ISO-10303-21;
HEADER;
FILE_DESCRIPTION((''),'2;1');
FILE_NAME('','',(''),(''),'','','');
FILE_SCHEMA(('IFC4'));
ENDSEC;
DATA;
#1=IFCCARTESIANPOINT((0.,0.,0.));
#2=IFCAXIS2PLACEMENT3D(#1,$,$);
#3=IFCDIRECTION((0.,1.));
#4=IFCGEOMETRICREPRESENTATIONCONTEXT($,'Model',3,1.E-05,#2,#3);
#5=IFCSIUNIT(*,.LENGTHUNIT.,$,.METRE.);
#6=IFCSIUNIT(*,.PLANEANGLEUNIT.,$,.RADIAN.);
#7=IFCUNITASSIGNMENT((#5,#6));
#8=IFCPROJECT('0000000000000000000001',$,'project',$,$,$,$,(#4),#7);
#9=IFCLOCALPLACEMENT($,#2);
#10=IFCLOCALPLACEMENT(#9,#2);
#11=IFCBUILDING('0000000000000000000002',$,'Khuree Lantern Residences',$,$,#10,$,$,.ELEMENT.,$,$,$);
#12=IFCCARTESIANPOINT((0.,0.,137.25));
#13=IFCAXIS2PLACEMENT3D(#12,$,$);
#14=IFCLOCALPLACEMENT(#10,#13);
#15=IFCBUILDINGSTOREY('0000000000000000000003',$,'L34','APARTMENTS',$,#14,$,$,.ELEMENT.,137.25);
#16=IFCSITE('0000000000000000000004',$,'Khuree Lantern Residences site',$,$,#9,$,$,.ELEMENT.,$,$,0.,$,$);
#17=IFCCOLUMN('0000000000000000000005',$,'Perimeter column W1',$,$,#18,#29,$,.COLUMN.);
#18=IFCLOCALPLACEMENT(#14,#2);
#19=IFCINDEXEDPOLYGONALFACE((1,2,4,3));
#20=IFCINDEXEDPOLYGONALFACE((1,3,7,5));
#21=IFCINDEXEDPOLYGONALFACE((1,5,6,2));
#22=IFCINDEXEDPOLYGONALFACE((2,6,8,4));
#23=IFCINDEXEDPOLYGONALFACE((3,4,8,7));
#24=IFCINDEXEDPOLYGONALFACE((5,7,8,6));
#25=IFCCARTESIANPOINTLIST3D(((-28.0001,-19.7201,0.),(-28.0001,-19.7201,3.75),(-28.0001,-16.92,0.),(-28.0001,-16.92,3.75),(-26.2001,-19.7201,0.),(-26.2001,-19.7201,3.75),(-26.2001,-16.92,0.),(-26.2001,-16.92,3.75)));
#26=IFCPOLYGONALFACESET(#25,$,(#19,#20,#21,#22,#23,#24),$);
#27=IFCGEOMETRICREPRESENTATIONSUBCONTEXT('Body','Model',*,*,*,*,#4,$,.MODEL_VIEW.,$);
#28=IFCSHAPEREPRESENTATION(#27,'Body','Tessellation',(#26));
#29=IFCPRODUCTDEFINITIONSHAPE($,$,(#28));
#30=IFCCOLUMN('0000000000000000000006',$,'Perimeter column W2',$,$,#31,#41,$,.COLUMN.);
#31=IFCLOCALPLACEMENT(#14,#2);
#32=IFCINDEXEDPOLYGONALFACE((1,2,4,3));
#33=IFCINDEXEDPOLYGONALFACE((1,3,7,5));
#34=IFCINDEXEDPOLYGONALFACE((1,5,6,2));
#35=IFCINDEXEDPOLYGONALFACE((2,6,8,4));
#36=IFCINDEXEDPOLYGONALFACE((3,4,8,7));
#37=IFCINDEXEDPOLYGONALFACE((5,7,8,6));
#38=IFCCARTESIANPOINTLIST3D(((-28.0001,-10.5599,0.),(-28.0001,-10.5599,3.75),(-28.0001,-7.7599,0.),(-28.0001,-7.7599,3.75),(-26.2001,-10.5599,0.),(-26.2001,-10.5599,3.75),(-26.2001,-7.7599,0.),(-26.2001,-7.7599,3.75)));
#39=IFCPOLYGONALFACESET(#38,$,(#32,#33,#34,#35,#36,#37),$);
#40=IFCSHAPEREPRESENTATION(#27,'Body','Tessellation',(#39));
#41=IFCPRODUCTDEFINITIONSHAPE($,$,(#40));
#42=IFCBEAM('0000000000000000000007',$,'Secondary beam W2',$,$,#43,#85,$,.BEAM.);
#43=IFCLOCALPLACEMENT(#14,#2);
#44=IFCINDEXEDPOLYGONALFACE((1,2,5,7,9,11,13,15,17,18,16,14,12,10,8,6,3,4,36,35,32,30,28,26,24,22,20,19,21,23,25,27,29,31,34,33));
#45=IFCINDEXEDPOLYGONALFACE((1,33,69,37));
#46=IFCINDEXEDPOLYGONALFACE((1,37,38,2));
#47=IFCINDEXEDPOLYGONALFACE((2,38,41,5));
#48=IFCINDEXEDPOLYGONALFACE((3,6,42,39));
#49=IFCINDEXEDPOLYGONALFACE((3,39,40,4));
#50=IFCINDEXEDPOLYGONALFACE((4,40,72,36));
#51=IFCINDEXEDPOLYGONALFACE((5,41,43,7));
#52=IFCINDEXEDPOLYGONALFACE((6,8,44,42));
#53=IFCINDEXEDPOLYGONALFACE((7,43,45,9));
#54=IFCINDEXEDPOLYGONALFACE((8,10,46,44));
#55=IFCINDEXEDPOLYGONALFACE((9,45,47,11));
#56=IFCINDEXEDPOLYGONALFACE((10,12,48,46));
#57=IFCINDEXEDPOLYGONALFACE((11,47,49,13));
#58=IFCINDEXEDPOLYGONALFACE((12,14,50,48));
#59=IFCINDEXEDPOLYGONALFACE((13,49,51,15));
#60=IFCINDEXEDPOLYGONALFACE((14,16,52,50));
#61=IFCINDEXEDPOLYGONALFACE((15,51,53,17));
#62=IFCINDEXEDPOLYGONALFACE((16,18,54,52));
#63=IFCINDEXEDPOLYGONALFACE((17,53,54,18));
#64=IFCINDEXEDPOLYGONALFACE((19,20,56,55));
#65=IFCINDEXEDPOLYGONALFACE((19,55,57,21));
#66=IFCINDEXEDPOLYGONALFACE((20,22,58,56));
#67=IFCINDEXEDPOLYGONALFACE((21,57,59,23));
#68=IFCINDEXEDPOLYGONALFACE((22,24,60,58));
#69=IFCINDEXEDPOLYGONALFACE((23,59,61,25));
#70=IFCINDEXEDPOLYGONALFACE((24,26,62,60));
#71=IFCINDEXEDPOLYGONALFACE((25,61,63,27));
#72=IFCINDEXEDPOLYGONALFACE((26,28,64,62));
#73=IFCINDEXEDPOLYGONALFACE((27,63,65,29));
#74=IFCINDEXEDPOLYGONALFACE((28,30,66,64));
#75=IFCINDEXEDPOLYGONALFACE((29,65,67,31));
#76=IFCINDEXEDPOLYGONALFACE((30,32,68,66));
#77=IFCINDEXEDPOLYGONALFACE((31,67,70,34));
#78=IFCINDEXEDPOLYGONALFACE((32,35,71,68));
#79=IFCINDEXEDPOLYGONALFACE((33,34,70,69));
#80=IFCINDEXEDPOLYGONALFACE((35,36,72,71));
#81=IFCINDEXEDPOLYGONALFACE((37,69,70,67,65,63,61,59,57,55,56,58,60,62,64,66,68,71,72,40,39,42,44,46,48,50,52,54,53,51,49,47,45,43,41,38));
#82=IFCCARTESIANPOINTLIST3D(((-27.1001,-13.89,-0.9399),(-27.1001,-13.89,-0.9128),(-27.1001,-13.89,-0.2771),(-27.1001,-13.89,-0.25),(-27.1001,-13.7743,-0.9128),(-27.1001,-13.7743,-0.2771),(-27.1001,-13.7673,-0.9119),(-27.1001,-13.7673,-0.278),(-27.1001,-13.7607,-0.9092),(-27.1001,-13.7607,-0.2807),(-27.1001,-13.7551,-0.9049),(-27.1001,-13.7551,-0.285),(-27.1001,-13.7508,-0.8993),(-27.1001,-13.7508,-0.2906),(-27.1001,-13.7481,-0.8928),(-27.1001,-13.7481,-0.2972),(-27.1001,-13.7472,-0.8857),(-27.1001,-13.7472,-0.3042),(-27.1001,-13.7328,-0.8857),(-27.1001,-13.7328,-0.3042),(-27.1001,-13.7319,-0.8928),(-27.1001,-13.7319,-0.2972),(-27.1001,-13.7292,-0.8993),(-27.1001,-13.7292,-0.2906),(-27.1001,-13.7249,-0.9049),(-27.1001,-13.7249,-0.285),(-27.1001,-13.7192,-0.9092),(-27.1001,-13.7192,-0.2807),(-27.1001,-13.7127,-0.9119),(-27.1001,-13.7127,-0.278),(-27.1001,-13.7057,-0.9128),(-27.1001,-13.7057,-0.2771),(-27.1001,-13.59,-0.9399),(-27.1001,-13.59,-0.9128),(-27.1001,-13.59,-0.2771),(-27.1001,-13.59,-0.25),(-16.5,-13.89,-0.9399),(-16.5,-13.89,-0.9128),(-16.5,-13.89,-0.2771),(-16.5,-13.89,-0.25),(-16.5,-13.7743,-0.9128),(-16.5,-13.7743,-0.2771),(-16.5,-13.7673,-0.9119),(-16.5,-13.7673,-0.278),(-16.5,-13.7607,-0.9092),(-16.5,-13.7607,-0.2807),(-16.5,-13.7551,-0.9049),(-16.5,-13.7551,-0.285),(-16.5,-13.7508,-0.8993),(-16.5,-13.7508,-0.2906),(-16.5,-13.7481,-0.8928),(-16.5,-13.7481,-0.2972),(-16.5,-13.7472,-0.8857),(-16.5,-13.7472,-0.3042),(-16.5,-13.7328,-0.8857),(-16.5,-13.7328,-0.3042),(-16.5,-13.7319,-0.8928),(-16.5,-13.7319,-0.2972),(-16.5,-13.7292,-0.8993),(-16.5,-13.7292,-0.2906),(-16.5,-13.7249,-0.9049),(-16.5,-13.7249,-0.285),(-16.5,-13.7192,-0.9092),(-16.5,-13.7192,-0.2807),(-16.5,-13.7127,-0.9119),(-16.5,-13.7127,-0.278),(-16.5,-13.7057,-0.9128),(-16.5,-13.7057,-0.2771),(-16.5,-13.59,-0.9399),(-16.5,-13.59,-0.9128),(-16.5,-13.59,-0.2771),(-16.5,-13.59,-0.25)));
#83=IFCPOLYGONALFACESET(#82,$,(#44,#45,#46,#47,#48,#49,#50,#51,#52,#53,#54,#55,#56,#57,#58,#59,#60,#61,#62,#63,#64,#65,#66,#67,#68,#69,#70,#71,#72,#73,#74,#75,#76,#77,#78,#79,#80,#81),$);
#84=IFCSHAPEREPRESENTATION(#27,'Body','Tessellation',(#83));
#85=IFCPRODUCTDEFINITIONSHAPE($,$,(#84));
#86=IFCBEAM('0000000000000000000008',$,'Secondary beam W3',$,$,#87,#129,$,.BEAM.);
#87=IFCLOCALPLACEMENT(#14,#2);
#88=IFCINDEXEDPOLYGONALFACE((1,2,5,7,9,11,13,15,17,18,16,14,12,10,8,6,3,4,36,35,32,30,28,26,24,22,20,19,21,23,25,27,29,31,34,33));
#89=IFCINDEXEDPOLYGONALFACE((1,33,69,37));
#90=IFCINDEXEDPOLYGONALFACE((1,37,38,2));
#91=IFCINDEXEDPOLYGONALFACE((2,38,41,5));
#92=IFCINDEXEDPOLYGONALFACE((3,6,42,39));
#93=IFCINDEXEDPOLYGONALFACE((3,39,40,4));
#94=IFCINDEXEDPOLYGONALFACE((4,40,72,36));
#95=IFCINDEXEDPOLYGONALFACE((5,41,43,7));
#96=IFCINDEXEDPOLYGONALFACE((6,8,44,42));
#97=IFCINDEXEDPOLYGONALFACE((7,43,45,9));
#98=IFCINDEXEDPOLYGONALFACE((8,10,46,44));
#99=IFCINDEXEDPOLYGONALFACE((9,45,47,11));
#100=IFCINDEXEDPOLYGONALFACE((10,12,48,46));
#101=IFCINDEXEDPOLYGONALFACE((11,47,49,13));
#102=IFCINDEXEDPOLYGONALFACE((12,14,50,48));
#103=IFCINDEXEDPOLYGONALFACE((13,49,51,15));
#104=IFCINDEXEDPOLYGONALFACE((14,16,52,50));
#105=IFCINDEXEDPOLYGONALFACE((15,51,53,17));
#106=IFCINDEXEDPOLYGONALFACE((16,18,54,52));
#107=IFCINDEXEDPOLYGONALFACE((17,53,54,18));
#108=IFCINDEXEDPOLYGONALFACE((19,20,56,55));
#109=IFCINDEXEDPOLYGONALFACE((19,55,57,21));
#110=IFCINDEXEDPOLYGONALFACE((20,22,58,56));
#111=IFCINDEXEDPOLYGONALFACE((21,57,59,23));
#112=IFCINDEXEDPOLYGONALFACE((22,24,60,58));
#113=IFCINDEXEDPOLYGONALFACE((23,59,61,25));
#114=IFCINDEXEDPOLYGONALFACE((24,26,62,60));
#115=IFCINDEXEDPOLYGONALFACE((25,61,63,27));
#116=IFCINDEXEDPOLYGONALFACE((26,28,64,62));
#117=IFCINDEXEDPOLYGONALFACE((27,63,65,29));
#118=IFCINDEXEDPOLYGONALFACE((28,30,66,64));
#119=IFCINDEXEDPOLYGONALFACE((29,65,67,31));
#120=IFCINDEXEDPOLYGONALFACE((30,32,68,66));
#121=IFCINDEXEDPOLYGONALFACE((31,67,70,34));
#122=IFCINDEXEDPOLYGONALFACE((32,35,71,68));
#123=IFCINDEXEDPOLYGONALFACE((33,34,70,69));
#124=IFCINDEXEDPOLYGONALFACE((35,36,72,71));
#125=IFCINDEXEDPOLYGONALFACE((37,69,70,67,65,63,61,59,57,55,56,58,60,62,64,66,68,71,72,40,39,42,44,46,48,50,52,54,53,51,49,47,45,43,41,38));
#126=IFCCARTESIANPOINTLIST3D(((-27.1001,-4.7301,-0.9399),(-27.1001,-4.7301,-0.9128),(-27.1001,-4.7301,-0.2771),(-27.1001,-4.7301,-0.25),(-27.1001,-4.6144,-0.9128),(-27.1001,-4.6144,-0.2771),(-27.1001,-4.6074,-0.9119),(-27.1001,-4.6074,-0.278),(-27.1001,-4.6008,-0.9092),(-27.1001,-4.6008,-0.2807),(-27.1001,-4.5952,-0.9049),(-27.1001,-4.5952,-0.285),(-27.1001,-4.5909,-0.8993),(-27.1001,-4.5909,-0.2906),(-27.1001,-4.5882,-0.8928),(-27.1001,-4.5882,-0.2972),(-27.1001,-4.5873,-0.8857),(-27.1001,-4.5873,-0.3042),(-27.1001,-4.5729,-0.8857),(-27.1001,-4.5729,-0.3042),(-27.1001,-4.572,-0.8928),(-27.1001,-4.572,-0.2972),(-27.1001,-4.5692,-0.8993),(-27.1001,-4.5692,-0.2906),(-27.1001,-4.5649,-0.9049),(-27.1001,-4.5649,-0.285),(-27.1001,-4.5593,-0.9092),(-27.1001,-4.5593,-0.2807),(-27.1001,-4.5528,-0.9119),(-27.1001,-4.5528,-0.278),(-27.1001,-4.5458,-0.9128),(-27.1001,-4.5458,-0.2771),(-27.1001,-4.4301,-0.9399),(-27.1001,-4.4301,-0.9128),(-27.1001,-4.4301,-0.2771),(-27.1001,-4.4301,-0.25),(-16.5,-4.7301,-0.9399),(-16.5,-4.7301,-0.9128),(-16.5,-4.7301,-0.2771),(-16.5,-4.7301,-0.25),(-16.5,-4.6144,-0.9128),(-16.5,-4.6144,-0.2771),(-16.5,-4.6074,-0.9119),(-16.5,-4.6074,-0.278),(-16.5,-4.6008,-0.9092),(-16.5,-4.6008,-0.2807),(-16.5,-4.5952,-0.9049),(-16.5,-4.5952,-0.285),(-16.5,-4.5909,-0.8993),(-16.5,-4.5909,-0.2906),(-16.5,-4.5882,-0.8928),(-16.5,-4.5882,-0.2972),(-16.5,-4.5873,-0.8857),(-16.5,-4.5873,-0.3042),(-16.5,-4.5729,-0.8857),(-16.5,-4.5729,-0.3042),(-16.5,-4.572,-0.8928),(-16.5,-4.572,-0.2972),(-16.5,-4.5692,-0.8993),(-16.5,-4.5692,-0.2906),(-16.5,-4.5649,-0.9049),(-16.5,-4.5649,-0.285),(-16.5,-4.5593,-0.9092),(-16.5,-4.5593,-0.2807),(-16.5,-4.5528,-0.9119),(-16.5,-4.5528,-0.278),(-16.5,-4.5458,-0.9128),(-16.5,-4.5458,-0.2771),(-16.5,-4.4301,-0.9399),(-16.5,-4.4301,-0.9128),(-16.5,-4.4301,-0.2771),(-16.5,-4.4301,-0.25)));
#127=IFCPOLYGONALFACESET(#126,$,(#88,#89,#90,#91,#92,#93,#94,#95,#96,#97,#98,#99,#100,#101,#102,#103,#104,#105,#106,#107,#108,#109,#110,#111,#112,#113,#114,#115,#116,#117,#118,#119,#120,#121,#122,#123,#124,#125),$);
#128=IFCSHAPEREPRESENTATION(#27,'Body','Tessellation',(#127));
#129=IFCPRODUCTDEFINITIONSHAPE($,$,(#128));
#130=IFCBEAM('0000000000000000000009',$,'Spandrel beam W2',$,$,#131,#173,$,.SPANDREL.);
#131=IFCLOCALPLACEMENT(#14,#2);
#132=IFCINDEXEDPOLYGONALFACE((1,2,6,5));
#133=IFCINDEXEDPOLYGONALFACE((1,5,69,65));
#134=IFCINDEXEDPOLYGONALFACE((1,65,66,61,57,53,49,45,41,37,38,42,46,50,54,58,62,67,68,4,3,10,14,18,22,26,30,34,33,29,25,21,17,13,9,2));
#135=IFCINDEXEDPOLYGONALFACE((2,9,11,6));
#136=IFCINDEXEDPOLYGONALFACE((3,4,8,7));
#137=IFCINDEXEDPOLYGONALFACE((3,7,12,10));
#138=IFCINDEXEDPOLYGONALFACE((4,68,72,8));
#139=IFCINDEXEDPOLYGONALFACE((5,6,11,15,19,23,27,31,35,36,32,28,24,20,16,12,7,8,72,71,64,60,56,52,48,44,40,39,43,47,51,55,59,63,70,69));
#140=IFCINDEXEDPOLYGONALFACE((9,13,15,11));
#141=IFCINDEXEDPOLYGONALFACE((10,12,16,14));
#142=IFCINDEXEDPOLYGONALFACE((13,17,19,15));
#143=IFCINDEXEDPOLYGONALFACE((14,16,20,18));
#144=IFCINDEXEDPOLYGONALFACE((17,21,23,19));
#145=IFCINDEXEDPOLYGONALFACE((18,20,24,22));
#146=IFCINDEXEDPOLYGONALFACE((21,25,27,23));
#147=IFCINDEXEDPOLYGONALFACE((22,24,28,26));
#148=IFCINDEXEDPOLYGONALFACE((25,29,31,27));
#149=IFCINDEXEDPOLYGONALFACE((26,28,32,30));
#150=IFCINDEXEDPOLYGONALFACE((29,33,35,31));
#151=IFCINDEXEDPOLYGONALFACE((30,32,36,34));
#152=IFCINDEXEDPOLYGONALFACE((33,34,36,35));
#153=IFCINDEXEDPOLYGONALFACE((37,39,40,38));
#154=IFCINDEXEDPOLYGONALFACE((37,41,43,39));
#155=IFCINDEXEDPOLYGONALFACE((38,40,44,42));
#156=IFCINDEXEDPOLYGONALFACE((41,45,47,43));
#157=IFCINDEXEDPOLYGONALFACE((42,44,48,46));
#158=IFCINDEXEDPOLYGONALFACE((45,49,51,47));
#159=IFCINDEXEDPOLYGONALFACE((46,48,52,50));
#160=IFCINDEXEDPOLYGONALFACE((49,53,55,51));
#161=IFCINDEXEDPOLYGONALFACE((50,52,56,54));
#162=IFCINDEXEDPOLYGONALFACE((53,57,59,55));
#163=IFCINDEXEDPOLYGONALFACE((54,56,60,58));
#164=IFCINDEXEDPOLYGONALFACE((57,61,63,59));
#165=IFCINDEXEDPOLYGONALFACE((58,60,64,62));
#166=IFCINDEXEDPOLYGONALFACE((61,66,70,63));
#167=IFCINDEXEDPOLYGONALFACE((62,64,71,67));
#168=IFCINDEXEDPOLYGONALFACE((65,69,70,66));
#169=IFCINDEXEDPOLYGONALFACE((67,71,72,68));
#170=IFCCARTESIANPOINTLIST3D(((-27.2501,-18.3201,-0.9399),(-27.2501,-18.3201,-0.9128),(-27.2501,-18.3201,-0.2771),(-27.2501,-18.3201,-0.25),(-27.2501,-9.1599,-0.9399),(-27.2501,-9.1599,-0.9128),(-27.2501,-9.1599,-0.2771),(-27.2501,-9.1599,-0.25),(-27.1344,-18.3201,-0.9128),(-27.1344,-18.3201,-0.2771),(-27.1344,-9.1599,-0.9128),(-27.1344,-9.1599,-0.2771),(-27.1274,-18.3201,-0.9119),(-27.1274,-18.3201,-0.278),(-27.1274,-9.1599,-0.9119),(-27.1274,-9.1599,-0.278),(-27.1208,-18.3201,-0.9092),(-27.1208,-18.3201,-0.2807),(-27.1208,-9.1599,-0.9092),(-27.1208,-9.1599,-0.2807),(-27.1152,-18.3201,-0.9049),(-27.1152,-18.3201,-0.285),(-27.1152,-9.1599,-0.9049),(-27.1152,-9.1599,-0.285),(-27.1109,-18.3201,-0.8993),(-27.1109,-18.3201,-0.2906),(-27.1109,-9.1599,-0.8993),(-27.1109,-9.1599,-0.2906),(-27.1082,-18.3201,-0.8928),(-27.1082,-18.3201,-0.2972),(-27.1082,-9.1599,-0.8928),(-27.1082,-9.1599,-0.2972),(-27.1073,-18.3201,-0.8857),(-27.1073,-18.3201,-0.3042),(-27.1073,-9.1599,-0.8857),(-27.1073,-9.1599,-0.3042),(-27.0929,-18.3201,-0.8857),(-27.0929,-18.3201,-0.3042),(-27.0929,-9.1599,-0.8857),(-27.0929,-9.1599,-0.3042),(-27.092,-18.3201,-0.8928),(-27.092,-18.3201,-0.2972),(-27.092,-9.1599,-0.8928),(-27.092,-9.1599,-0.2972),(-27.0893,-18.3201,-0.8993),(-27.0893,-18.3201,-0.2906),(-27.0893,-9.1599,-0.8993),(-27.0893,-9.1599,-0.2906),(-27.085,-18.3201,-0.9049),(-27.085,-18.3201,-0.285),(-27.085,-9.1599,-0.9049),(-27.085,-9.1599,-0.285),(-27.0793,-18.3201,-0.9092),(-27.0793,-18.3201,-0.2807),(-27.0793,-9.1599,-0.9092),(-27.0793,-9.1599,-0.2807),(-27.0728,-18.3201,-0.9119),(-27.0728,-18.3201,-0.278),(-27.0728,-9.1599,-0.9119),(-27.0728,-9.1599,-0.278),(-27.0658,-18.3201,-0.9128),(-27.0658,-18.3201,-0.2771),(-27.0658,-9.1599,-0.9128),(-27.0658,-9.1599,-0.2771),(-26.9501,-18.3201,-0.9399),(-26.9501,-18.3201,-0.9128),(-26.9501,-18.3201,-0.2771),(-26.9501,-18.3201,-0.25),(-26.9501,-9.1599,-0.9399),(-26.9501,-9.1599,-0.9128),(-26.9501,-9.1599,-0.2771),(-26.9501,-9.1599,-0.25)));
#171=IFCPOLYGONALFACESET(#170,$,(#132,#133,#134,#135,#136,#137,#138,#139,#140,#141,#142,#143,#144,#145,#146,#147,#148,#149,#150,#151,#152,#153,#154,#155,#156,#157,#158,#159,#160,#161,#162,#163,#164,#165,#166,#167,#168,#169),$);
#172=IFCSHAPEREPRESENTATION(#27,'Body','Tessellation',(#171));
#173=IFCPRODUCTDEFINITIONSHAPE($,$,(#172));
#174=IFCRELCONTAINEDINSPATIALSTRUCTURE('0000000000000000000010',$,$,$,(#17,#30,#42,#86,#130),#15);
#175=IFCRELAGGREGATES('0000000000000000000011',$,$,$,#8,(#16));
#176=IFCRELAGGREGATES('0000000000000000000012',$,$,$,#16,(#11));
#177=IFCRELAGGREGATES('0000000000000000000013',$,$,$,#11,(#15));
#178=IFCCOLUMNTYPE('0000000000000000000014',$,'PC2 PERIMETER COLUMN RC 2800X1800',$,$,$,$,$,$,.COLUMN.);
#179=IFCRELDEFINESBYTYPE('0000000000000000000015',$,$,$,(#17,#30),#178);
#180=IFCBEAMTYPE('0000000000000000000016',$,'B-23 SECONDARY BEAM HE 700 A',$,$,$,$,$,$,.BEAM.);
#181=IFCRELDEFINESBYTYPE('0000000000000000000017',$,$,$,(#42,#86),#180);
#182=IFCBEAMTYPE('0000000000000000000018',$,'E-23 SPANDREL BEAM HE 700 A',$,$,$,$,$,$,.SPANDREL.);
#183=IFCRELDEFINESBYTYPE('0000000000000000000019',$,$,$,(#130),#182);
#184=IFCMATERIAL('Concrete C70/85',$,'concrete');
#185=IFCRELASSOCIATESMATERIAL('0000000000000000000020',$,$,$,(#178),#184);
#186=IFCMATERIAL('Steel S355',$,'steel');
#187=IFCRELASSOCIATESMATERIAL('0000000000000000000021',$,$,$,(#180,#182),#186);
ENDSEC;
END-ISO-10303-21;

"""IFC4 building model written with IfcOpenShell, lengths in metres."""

from ifc_helpers import new_model, si_unit, direction, frame, origin, origin_2d, place, context, subcontext, project, spatial, rectangle, i_section, extrude, material, material_profile, profile_set, type_object, element, save


model = new_model("IFC4")

# Units and contexts
model_context = context("Model", 3, precision=1e-05, world=origin(), true_north=direction((0.0, 1.0)))
body_context = subcontext(model_context, "Body", "Model", "MODEL_VIEW")
ifc_project = project(units=[si_unit("LENGTHUNIT", "METRE"), si_unit("PLANEANGLEUNIT", "RADIAN")], contexts=[model_context])

# Site, building, storey
site_placement = place(None, origin())
site = spatial("IfcSite", under=ifc_project, at=site_placement, Name="Khuree Lantern Residences site", CompositionType="ELEMENT", RefElevation=0.0)
building_placement = place(site_placement, origin())
building = spatial("IfcBuilding", under=site, at=building_placement, Name="Khuree Lantern Residences", CompositionType="ELEMENT")
storey_placement = place(building_placement, frame((0.0, 0.0, 137.25)))
storey = spatial("IfcBuildingStorey", under=building, at=storey_placement, Name="L34", Description="APARTMENTS", CompositionType="ELEMENT", Elevation=137.25)

# Columns
ifc_material_1 = material(Name="Concrete C70/85", Category="concrete")
ifc_material_profile_1 = material_profile(ifc_material_1, rectangle(XDim=2.8, YDim=1.8, at=origin_2d()), Name="RC 2800X1800")
ifc_profile_set_1 = profile_set([ifc_material_profile_1], Name="Concrete C70/85")
column_type = type_object("IfcColumnType", Name="PC2 PERIMETER COLUMN RC 2800X1800", PredefinedType="COLUMN", material=ifc_profile_set_1)
for number, where, z_axis, x_axis, name in (
    (1, (-27.1001, -18.3201, 0.0), (0.0, 0.0, 1.0), (0.0, 1.0, 0.0), "Perimeter column W1"),
    (2, (-27.1001, -9.1599, 0.0), (0.0, 0.0, 1.0), (0.0, 1.0, 0.0), "Perimeter column W2"),
):
    element("IfcColumn", number, at=place(storey_placement, frame(where, z_axis=z_axis, x_axis=x_axis)), inside=storey, type_object=column_type, Name=name, PredefinedType="COLUMN", context=body_context, shape_type="SweptSolid", body=[
        extrude(rectangle(XDim=2.8, YDim=1.8, at=origin_2d()), origin(), (0.0, 0.0, 1.0), 3.75),
    ])

# Beams
ifc_material_2 = material(Name="Steel S355", Category="steel")
ifc_material_profile_2 = material_profile(ifc_material_2, i_section(OverallWidth=0.3, OverallDepth=0.6899, WebThickness=0.0144, FlangeThickness=0.0271, FilletRadius=0.0271, at=origin_2d()), Name="HE 700 A")
ifc_profile_set_2 = profile_set([ifc_material_profile_2], Name="Steel S355")
beam_type_1 = type_object("IfcBeamType", Name="B-23 SECONDARY BEAM HE 700 A", PredefinedType="BEAM", material=ifc_profile_set_2)
for number, where, z_axis, x_axis, name in (
    (3, (-27.1001, -13.74, -0.595), (1.0, 0.0, 0.0), (0.0, 1.0, 0.0), "Secondary beam W2"),
    (4, (-27.1001, -4.5801, -0.595), (1.0, 0.0, 0.0), (0.0, 1.0, 0.0), "Secondary beam W3"),
):
    element("IfcBeam", number, at=place(storey_placement, frame(where, z_axis=z_axis, x_axis=x_axis)), inside=storey, type_object=beam_type_1, Name=name, PredefinedType="BEAM", context=body_context, shape_type="SweptSolid", body=[
        extrude(i_section(OverallWidth=0.3, OverallDepth=0.6899, WebThickness=0.0144, FlangeThickness=0.0271, FilletRadius=0.0271, at=origin_2d()), origin(), (0.0, 0.0, 1.0), 10.6001),
    ])
ifc_material_profile_3 = material_profile(ifc_material_2, i_section(OverallWidth=0.3, OverallDepth=0.6899, WebThickness=0.0144, FlangeThickness=0.0271, FilletRadius=0.0271, at=origin_2d()), Name="HE 700 A")
ifc_profile_set_3 = profile_set([ifc_material_profile_3], Name="Steel S355")
beam_type_2 = type_object("IfcBeamType", Name="E-23 SPANDREL BEAM HE 700 A", PredefinedType="SPANDREL", material=ifc_profile_set_3)
beam_1_placement = place(storey_placement, frame((-27.1001, -18.3201, -0.595), z_axis=(0.0, 1.0, 0.0), x_axis=(-1.0, 0.0, 0.0)))
element("IfcBeam", 5, at=beam_1_placement, inside=storey, type_object=beam_type_2, Name="Spandrel beam W2", PredefinedType="SPANDREL", context=body_context, shape_type="SweptSolid", body=[
    extrude(i_section(OverallWidth=0.3, OverallDepth=0.6899, WebThickness=0.0144, FlangeThickness=0.0271, FilletRadius=0.0271, at=origin_2d()), origin(), (0.0, 0.0, 1.0), 9.1602),
])

save(model, "model.ifc")
